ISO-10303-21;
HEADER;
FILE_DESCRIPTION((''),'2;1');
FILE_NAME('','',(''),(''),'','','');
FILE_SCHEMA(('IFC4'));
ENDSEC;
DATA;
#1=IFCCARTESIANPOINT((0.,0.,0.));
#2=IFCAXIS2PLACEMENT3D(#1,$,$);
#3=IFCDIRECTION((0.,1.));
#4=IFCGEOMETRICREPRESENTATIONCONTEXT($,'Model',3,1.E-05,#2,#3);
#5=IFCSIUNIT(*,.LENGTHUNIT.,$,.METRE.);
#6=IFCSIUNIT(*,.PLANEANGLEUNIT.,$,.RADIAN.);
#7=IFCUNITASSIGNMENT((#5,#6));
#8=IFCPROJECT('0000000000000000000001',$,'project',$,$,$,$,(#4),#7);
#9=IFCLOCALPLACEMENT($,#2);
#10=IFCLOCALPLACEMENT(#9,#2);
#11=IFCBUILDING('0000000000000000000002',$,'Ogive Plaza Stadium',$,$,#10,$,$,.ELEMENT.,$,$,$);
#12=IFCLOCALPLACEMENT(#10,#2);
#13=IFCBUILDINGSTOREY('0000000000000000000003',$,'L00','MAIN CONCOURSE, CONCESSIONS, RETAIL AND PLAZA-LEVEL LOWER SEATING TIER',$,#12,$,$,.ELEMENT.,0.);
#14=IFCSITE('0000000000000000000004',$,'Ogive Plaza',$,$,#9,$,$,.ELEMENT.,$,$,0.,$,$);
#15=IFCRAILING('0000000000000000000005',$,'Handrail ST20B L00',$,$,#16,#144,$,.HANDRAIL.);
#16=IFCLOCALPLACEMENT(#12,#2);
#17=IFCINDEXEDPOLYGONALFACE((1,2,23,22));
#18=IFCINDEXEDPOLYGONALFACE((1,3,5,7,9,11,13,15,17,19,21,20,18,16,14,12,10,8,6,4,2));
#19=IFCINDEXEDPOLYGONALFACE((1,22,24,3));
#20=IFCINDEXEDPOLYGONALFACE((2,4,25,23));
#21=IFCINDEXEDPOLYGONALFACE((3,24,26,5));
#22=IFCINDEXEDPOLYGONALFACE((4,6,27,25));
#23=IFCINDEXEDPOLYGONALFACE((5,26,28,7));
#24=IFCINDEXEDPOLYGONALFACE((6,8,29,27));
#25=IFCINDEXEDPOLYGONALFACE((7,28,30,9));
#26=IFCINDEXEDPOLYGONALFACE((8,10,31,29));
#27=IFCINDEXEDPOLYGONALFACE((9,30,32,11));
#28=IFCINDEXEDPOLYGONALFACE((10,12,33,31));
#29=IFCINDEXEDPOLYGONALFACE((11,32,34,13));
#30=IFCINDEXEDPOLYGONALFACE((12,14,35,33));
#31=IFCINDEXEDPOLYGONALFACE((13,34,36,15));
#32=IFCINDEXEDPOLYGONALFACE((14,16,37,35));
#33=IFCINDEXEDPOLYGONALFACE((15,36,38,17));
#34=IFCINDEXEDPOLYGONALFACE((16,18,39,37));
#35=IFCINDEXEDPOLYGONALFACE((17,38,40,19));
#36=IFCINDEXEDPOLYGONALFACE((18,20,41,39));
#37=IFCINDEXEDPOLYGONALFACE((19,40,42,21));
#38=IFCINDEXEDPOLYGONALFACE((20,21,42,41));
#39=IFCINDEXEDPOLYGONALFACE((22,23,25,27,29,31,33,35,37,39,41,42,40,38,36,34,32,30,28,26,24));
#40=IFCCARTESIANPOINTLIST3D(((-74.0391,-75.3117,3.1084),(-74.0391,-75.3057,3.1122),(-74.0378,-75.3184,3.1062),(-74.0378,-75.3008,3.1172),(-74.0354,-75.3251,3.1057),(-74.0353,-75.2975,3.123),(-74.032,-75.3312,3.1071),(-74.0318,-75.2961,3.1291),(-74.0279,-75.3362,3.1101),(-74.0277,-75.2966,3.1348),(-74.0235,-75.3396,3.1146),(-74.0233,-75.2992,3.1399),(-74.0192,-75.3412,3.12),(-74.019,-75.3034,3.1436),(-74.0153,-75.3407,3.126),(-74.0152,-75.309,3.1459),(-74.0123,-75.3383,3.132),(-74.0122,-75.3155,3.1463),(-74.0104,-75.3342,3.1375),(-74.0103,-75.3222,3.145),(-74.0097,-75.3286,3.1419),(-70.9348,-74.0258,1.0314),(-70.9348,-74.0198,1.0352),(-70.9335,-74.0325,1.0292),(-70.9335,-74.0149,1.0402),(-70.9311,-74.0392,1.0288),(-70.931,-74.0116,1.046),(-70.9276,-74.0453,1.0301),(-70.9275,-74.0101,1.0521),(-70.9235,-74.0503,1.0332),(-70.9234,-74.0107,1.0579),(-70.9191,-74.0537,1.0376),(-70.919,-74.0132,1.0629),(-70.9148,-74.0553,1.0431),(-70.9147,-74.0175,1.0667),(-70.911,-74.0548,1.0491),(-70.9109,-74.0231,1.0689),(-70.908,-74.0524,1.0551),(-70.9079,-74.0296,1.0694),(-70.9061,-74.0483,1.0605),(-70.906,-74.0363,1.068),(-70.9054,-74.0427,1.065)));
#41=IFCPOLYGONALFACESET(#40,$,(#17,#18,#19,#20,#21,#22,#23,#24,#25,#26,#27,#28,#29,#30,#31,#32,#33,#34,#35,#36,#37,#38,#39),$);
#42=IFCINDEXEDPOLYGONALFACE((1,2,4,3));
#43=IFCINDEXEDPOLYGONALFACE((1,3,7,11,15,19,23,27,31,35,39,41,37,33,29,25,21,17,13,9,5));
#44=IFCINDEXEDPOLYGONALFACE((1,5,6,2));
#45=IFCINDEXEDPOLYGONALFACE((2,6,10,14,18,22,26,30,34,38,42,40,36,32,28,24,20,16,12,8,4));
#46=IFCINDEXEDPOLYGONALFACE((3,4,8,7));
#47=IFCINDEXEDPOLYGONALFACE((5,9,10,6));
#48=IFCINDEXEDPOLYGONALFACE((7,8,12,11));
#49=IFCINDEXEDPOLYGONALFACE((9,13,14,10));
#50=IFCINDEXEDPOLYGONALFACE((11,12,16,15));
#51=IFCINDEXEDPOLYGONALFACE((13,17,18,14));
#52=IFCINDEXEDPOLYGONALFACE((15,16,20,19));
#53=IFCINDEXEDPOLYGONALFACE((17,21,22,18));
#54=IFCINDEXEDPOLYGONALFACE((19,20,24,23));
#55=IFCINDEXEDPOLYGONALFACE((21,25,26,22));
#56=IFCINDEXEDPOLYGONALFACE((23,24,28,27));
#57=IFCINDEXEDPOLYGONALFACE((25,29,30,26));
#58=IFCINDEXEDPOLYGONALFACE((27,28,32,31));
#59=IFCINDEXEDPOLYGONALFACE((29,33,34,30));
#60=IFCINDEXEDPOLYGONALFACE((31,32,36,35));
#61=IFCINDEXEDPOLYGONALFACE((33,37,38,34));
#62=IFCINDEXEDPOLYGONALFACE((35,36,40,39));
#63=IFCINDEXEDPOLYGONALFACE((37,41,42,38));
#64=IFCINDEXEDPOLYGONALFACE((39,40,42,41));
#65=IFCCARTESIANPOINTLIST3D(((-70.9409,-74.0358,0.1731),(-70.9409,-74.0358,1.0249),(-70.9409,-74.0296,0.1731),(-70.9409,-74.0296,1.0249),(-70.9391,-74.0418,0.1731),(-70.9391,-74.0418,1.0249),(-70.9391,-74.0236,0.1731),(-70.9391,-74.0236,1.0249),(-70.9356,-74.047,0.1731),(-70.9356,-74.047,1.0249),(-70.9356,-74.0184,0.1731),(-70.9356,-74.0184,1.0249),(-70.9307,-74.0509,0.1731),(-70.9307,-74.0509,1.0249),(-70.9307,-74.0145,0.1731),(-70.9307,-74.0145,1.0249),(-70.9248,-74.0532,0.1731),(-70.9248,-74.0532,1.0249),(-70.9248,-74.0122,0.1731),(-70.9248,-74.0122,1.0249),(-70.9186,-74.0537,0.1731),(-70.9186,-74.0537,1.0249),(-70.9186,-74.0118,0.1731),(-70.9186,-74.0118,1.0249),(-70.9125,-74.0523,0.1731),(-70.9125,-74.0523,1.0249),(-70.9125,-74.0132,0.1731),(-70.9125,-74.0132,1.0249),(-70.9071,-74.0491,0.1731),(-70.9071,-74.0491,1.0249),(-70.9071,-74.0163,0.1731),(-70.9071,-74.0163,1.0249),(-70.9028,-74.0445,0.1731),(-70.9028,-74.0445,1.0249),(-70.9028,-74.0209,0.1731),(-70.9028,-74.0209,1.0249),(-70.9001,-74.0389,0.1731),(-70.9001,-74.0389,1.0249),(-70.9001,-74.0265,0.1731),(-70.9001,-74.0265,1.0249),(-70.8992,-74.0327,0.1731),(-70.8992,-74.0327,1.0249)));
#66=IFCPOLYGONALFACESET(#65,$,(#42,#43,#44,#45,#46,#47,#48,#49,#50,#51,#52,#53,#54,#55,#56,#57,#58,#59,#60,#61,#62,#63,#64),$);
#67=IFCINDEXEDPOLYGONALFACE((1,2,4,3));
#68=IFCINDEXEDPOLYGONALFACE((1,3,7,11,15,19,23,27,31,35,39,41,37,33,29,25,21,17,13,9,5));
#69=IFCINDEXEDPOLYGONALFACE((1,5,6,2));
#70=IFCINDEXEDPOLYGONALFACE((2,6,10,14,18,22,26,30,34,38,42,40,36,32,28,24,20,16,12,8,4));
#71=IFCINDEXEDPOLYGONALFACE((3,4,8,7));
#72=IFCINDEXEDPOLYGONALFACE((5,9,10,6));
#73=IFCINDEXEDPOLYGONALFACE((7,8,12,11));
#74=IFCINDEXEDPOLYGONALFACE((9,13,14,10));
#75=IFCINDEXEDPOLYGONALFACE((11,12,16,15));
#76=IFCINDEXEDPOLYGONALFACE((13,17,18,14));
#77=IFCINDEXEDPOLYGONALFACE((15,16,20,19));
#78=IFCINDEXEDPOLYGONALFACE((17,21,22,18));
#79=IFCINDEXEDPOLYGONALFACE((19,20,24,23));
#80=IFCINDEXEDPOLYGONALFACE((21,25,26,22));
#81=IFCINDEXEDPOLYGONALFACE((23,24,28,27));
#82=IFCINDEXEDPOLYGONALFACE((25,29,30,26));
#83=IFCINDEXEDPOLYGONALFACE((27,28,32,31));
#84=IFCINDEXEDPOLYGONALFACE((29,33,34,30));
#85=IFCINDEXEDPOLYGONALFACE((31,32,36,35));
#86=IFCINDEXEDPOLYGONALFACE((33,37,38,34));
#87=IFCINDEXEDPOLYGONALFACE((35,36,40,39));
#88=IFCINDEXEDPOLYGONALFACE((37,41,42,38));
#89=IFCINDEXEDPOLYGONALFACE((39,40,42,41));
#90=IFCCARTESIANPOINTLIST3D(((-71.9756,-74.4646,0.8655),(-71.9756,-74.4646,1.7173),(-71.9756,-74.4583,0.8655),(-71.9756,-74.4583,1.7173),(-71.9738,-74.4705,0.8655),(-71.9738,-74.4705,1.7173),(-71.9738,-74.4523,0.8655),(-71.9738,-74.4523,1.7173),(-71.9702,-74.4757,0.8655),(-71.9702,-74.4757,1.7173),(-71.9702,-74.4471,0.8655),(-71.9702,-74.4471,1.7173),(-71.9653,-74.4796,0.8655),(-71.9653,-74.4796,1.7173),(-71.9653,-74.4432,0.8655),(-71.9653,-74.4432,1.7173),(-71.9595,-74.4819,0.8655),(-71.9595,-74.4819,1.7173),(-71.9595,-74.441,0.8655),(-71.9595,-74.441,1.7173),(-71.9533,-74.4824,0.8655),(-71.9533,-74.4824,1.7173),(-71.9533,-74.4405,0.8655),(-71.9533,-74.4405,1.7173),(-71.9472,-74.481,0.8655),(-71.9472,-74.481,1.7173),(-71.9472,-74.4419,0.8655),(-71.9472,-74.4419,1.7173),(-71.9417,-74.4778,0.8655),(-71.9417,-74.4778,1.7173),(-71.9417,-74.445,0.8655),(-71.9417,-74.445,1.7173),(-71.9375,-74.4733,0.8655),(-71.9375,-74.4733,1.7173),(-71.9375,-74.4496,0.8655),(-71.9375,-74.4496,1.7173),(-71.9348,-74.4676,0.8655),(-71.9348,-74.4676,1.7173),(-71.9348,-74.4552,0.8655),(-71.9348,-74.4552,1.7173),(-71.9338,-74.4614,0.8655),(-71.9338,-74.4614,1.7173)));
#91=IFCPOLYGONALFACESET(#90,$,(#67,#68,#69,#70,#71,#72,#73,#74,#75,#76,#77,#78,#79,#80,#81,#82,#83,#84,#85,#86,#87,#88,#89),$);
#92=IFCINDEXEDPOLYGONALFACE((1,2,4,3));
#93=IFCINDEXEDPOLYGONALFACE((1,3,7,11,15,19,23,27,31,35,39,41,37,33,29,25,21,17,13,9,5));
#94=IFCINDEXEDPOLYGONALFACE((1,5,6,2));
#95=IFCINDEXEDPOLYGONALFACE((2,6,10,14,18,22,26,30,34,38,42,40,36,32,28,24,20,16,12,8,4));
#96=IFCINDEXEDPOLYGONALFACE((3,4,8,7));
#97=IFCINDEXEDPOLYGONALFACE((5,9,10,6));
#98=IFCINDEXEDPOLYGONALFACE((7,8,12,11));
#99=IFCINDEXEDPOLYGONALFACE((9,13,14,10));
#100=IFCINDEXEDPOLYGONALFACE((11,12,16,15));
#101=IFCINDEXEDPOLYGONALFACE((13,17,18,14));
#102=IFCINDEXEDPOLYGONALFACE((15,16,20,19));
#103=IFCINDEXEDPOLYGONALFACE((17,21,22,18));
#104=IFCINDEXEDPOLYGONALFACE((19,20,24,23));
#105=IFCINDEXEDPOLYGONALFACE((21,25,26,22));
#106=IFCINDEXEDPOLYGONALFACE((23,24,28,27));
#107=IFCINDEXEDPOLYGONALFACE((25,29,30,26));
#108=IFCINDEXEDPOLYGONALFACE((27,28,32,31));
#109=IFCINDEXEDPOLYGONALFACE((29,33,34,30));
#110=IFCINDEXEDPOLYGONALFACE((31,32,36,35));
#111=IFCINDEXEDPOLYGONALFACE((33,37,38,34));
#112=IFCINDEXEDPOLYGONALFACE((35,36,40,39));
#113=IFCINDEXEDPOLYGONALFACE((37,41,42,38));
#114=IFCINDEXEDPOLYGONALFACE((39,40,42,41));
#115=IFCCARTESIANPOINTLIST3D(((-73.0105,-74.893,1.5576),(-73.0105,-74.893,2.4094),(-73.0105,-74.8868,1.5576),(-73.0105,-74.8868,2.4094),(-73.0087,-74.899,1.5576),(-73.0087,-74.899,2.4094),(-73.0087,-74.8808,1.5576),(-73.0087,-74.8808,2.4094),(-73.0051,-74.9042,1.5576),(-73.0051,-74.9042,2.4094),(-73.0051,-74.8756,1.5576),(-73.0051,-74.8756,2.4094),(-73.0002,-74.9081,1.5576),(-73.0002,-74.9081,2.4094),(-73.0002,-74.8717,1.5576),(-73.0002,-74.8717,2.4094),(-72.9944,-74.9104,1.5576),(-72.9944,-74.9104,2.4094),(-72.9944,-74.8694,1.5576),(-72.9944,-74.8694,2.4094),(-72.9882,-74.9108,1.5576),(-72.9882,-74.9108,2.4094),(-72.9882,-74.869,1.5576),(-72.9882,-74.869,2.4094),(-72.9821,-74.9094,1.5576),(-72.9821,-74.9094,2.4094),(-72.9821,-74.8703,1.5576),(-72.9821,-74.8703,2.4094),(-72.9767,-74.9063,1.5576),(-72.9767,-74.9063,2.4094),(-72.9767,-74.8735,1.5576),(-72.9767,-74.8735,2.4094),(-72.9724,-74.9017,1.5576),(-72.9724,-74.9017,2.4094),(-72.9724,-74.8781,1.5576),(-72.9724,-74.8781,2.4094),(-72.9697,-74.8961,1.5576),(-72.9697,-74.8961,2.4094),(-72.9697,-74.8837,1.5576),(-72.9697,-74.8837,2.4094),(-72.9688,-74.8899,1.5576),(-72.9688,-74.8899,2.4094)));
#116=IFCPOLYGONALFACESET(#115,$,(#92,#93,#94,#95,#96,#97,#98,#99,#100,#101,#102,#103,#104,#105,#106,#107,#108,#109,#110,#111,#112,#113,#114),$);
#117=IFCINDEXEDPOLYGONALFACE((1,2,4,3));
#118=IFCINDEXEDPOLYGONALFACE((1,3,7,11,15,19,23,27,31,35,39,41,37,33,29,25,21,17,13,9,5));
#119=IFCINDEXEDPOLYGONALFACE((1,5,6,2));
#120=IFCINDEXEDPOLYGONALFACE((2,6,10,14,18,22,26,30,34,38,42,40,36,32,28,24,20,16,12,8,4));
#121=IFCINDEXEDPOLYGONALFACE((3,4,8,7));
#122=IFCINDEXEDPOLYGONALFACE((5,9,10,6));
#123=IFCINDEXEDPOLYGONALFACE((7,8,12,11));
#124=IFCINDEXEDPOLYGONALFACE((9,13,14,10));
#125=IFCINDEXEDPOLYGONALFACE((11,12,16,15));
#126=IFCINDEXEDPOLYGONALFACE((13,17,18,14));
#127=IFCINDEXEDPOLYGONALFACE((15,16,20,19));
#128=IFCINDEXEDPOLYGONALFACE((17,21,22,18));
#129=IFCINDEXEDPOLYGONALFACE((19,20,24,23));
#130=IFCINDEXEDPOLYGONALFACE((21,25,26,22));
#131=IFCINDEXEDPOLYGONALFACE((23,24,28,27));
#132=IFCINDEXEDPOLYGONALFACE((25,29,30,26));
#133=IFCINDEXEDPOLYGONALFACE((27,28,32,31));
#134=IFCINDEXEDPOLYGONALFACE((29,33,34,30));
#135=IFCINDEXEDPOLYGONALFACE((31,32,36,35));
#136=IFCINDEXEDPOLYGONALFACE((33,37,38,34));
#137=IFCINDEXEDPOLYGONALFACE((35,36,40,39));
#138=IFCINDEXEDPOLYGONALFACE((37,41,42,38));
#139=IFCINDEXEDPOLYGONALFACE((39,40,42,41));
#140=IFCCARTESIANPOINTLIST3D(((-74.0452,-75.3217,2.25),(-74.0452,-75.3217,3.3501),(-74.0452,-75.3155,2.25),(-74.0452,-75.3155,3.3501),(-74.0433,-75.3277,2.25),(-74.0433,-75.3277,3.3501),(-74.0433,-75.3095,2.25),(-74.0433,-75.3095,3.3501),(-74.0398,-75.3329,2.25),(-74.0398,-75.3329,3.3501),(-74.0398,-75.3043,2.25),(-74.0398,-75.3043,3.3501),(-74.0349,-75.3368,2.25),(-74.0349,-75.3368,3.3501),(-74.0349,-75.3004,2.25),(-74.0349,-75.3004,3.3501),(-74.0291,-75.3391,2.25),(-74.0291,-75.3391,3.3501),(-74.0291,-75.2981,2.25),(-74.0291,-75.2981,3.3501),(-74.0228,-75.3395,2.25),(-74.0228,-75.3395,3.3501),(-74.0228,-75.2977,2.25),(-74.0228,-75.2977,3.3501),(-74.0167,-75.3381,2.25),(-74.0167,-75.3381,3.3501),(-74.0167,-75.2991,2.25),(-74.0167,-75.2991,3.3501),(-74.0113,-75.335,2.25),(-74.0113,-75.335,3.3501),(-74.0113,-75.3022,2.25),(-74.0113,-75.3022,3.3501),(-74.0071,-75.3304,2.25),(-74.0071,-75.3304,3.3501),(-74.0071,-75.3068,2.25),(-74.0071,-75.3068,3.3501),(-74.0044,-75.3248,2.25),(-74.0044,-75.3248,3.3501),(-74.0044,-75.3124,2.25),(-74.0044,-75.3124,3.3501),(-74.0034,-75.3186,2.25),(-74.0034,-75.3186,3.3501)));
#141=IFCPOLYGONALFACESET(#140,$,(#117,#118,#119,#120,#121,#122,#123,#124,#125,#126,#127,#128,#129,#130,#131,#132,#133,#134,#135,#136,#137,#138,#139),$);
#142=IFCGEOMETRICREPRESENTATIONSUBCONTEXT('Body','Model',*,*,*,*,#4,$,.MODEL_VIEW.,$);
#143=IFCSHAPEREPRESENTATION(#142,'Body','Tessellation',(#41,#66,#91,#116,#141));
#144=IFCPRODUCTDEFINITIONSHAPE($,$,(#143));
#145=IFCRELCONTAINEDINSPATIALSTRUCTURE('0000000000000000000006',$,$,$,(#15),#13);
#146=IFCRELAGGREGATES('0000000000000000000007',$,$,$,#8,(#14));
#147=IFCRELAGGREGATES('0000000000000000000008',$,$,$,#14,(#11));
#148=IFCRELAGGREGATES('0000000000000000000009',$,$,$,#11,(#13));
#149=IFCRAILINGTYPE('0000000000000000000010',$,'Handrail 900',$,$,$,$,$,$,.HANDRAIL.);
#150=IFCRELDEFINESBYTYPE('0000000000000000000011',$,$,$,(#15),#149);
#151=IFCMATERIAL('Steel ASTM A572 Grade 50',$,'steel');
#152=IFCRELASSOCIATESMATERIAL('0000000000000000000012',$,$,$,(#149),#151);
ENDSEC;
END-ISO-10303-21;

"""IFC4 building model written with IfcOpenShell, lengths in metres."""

from ifc_helpers import new_model, si_unit, direction, frame, origin, origin_2d, place, context, subcontext, project, spatial, circle, extrude, material, type_object, element, save


model = new_model("IFC4")

# Units and contexts
model_context = context("Model", 3, precision=1e-05, world=origin(), true_north=direction((0.0, 1.0)))
body_context = subcontext(model_context, "Body", "Model", "MODEL_VIEW")
ifc_project = project(units=[si_unit("LENGTHUNIT", "METRE"), si_unit("PLANEANGLEUNIT", "RADIAN")], contexts=[model_context])

# Site, building, storey
site_placement = place(None, origin())
site = spatial("IfcSite", under=ifc_project, at=site_placement, Name="Ogive Plaza", CompositionType="ELEMENT", RefElevation=0.0)
building_placement = place(site_placement, origin())
building = spatial("IfcBuilding", under=site, at=building_placement, Name="Ogive Plaza Stadium", CompositionType="ELEMENT")
storey_placement = place(building_placement, origin())
storey = spatial("IfcBuildingStorey", under=building, at=storey_placement, Name="L00", Description="MAIN CONCOURSE, CONCESSIONS, RETAIL AND PLAZA-LEVEL LOWER SEATING TIER", CompositionType="ELEMENT", Elevation=0.0)

# Railing
ifc_material_1 = material(Name="Steel ASTM A572 Grade 50", Category="steel")
railing_type_1 = type_object("IfcRailingType", Name="Handrail 900", PredefinedType="HANDRAIL", material=ifc_material_1)
railing_1_placement = place(storey_placement, frame((-70.9202, -74.0327, 0.1731)))
element("IfcRailing", 1, at=railing_1_placement, inside=storey, type_object=railing_type_1, Name="Handrail ST20B L00", PredefinedType="HANDRAIL", context=body_context, shape_type="SweptSolid", body=[
    extrude(circle(Radius=0.0239, at=origin_2d()), frame((0.0, 0.0, 0.876), z_axis=(-0.785863, -0.325532, 0.525783), x_axis=(0.3827, -0.923872, 0.0)), (0.0, 0.0, 1.0), 3.9502),
    extrude(circle(Radius=0.021, at=origin_2d()), origin(), (0.0, 0.0, 1.0), 0.8518),
    extrude(circle(Radius=0.021, at=origin_2d()), frame((-1.0347, -0.4287, 0.6924)), (0.0, 0.0, 1.0), 0.8518),
    extrude(circle(Radius=0.021, at=origin_2d()), frame((-2.0696, -0.8572, 1.3845)), (0.0, 0.0, 1.0), 0.8518),
    extrude(circle(Radius=0.021, at=origin_2d()), frame((-3.1042, -1.2859, 2.0769)), (0.0, 0.0, 1.0), 1.1001),
])

save(model, "model.ifc")
